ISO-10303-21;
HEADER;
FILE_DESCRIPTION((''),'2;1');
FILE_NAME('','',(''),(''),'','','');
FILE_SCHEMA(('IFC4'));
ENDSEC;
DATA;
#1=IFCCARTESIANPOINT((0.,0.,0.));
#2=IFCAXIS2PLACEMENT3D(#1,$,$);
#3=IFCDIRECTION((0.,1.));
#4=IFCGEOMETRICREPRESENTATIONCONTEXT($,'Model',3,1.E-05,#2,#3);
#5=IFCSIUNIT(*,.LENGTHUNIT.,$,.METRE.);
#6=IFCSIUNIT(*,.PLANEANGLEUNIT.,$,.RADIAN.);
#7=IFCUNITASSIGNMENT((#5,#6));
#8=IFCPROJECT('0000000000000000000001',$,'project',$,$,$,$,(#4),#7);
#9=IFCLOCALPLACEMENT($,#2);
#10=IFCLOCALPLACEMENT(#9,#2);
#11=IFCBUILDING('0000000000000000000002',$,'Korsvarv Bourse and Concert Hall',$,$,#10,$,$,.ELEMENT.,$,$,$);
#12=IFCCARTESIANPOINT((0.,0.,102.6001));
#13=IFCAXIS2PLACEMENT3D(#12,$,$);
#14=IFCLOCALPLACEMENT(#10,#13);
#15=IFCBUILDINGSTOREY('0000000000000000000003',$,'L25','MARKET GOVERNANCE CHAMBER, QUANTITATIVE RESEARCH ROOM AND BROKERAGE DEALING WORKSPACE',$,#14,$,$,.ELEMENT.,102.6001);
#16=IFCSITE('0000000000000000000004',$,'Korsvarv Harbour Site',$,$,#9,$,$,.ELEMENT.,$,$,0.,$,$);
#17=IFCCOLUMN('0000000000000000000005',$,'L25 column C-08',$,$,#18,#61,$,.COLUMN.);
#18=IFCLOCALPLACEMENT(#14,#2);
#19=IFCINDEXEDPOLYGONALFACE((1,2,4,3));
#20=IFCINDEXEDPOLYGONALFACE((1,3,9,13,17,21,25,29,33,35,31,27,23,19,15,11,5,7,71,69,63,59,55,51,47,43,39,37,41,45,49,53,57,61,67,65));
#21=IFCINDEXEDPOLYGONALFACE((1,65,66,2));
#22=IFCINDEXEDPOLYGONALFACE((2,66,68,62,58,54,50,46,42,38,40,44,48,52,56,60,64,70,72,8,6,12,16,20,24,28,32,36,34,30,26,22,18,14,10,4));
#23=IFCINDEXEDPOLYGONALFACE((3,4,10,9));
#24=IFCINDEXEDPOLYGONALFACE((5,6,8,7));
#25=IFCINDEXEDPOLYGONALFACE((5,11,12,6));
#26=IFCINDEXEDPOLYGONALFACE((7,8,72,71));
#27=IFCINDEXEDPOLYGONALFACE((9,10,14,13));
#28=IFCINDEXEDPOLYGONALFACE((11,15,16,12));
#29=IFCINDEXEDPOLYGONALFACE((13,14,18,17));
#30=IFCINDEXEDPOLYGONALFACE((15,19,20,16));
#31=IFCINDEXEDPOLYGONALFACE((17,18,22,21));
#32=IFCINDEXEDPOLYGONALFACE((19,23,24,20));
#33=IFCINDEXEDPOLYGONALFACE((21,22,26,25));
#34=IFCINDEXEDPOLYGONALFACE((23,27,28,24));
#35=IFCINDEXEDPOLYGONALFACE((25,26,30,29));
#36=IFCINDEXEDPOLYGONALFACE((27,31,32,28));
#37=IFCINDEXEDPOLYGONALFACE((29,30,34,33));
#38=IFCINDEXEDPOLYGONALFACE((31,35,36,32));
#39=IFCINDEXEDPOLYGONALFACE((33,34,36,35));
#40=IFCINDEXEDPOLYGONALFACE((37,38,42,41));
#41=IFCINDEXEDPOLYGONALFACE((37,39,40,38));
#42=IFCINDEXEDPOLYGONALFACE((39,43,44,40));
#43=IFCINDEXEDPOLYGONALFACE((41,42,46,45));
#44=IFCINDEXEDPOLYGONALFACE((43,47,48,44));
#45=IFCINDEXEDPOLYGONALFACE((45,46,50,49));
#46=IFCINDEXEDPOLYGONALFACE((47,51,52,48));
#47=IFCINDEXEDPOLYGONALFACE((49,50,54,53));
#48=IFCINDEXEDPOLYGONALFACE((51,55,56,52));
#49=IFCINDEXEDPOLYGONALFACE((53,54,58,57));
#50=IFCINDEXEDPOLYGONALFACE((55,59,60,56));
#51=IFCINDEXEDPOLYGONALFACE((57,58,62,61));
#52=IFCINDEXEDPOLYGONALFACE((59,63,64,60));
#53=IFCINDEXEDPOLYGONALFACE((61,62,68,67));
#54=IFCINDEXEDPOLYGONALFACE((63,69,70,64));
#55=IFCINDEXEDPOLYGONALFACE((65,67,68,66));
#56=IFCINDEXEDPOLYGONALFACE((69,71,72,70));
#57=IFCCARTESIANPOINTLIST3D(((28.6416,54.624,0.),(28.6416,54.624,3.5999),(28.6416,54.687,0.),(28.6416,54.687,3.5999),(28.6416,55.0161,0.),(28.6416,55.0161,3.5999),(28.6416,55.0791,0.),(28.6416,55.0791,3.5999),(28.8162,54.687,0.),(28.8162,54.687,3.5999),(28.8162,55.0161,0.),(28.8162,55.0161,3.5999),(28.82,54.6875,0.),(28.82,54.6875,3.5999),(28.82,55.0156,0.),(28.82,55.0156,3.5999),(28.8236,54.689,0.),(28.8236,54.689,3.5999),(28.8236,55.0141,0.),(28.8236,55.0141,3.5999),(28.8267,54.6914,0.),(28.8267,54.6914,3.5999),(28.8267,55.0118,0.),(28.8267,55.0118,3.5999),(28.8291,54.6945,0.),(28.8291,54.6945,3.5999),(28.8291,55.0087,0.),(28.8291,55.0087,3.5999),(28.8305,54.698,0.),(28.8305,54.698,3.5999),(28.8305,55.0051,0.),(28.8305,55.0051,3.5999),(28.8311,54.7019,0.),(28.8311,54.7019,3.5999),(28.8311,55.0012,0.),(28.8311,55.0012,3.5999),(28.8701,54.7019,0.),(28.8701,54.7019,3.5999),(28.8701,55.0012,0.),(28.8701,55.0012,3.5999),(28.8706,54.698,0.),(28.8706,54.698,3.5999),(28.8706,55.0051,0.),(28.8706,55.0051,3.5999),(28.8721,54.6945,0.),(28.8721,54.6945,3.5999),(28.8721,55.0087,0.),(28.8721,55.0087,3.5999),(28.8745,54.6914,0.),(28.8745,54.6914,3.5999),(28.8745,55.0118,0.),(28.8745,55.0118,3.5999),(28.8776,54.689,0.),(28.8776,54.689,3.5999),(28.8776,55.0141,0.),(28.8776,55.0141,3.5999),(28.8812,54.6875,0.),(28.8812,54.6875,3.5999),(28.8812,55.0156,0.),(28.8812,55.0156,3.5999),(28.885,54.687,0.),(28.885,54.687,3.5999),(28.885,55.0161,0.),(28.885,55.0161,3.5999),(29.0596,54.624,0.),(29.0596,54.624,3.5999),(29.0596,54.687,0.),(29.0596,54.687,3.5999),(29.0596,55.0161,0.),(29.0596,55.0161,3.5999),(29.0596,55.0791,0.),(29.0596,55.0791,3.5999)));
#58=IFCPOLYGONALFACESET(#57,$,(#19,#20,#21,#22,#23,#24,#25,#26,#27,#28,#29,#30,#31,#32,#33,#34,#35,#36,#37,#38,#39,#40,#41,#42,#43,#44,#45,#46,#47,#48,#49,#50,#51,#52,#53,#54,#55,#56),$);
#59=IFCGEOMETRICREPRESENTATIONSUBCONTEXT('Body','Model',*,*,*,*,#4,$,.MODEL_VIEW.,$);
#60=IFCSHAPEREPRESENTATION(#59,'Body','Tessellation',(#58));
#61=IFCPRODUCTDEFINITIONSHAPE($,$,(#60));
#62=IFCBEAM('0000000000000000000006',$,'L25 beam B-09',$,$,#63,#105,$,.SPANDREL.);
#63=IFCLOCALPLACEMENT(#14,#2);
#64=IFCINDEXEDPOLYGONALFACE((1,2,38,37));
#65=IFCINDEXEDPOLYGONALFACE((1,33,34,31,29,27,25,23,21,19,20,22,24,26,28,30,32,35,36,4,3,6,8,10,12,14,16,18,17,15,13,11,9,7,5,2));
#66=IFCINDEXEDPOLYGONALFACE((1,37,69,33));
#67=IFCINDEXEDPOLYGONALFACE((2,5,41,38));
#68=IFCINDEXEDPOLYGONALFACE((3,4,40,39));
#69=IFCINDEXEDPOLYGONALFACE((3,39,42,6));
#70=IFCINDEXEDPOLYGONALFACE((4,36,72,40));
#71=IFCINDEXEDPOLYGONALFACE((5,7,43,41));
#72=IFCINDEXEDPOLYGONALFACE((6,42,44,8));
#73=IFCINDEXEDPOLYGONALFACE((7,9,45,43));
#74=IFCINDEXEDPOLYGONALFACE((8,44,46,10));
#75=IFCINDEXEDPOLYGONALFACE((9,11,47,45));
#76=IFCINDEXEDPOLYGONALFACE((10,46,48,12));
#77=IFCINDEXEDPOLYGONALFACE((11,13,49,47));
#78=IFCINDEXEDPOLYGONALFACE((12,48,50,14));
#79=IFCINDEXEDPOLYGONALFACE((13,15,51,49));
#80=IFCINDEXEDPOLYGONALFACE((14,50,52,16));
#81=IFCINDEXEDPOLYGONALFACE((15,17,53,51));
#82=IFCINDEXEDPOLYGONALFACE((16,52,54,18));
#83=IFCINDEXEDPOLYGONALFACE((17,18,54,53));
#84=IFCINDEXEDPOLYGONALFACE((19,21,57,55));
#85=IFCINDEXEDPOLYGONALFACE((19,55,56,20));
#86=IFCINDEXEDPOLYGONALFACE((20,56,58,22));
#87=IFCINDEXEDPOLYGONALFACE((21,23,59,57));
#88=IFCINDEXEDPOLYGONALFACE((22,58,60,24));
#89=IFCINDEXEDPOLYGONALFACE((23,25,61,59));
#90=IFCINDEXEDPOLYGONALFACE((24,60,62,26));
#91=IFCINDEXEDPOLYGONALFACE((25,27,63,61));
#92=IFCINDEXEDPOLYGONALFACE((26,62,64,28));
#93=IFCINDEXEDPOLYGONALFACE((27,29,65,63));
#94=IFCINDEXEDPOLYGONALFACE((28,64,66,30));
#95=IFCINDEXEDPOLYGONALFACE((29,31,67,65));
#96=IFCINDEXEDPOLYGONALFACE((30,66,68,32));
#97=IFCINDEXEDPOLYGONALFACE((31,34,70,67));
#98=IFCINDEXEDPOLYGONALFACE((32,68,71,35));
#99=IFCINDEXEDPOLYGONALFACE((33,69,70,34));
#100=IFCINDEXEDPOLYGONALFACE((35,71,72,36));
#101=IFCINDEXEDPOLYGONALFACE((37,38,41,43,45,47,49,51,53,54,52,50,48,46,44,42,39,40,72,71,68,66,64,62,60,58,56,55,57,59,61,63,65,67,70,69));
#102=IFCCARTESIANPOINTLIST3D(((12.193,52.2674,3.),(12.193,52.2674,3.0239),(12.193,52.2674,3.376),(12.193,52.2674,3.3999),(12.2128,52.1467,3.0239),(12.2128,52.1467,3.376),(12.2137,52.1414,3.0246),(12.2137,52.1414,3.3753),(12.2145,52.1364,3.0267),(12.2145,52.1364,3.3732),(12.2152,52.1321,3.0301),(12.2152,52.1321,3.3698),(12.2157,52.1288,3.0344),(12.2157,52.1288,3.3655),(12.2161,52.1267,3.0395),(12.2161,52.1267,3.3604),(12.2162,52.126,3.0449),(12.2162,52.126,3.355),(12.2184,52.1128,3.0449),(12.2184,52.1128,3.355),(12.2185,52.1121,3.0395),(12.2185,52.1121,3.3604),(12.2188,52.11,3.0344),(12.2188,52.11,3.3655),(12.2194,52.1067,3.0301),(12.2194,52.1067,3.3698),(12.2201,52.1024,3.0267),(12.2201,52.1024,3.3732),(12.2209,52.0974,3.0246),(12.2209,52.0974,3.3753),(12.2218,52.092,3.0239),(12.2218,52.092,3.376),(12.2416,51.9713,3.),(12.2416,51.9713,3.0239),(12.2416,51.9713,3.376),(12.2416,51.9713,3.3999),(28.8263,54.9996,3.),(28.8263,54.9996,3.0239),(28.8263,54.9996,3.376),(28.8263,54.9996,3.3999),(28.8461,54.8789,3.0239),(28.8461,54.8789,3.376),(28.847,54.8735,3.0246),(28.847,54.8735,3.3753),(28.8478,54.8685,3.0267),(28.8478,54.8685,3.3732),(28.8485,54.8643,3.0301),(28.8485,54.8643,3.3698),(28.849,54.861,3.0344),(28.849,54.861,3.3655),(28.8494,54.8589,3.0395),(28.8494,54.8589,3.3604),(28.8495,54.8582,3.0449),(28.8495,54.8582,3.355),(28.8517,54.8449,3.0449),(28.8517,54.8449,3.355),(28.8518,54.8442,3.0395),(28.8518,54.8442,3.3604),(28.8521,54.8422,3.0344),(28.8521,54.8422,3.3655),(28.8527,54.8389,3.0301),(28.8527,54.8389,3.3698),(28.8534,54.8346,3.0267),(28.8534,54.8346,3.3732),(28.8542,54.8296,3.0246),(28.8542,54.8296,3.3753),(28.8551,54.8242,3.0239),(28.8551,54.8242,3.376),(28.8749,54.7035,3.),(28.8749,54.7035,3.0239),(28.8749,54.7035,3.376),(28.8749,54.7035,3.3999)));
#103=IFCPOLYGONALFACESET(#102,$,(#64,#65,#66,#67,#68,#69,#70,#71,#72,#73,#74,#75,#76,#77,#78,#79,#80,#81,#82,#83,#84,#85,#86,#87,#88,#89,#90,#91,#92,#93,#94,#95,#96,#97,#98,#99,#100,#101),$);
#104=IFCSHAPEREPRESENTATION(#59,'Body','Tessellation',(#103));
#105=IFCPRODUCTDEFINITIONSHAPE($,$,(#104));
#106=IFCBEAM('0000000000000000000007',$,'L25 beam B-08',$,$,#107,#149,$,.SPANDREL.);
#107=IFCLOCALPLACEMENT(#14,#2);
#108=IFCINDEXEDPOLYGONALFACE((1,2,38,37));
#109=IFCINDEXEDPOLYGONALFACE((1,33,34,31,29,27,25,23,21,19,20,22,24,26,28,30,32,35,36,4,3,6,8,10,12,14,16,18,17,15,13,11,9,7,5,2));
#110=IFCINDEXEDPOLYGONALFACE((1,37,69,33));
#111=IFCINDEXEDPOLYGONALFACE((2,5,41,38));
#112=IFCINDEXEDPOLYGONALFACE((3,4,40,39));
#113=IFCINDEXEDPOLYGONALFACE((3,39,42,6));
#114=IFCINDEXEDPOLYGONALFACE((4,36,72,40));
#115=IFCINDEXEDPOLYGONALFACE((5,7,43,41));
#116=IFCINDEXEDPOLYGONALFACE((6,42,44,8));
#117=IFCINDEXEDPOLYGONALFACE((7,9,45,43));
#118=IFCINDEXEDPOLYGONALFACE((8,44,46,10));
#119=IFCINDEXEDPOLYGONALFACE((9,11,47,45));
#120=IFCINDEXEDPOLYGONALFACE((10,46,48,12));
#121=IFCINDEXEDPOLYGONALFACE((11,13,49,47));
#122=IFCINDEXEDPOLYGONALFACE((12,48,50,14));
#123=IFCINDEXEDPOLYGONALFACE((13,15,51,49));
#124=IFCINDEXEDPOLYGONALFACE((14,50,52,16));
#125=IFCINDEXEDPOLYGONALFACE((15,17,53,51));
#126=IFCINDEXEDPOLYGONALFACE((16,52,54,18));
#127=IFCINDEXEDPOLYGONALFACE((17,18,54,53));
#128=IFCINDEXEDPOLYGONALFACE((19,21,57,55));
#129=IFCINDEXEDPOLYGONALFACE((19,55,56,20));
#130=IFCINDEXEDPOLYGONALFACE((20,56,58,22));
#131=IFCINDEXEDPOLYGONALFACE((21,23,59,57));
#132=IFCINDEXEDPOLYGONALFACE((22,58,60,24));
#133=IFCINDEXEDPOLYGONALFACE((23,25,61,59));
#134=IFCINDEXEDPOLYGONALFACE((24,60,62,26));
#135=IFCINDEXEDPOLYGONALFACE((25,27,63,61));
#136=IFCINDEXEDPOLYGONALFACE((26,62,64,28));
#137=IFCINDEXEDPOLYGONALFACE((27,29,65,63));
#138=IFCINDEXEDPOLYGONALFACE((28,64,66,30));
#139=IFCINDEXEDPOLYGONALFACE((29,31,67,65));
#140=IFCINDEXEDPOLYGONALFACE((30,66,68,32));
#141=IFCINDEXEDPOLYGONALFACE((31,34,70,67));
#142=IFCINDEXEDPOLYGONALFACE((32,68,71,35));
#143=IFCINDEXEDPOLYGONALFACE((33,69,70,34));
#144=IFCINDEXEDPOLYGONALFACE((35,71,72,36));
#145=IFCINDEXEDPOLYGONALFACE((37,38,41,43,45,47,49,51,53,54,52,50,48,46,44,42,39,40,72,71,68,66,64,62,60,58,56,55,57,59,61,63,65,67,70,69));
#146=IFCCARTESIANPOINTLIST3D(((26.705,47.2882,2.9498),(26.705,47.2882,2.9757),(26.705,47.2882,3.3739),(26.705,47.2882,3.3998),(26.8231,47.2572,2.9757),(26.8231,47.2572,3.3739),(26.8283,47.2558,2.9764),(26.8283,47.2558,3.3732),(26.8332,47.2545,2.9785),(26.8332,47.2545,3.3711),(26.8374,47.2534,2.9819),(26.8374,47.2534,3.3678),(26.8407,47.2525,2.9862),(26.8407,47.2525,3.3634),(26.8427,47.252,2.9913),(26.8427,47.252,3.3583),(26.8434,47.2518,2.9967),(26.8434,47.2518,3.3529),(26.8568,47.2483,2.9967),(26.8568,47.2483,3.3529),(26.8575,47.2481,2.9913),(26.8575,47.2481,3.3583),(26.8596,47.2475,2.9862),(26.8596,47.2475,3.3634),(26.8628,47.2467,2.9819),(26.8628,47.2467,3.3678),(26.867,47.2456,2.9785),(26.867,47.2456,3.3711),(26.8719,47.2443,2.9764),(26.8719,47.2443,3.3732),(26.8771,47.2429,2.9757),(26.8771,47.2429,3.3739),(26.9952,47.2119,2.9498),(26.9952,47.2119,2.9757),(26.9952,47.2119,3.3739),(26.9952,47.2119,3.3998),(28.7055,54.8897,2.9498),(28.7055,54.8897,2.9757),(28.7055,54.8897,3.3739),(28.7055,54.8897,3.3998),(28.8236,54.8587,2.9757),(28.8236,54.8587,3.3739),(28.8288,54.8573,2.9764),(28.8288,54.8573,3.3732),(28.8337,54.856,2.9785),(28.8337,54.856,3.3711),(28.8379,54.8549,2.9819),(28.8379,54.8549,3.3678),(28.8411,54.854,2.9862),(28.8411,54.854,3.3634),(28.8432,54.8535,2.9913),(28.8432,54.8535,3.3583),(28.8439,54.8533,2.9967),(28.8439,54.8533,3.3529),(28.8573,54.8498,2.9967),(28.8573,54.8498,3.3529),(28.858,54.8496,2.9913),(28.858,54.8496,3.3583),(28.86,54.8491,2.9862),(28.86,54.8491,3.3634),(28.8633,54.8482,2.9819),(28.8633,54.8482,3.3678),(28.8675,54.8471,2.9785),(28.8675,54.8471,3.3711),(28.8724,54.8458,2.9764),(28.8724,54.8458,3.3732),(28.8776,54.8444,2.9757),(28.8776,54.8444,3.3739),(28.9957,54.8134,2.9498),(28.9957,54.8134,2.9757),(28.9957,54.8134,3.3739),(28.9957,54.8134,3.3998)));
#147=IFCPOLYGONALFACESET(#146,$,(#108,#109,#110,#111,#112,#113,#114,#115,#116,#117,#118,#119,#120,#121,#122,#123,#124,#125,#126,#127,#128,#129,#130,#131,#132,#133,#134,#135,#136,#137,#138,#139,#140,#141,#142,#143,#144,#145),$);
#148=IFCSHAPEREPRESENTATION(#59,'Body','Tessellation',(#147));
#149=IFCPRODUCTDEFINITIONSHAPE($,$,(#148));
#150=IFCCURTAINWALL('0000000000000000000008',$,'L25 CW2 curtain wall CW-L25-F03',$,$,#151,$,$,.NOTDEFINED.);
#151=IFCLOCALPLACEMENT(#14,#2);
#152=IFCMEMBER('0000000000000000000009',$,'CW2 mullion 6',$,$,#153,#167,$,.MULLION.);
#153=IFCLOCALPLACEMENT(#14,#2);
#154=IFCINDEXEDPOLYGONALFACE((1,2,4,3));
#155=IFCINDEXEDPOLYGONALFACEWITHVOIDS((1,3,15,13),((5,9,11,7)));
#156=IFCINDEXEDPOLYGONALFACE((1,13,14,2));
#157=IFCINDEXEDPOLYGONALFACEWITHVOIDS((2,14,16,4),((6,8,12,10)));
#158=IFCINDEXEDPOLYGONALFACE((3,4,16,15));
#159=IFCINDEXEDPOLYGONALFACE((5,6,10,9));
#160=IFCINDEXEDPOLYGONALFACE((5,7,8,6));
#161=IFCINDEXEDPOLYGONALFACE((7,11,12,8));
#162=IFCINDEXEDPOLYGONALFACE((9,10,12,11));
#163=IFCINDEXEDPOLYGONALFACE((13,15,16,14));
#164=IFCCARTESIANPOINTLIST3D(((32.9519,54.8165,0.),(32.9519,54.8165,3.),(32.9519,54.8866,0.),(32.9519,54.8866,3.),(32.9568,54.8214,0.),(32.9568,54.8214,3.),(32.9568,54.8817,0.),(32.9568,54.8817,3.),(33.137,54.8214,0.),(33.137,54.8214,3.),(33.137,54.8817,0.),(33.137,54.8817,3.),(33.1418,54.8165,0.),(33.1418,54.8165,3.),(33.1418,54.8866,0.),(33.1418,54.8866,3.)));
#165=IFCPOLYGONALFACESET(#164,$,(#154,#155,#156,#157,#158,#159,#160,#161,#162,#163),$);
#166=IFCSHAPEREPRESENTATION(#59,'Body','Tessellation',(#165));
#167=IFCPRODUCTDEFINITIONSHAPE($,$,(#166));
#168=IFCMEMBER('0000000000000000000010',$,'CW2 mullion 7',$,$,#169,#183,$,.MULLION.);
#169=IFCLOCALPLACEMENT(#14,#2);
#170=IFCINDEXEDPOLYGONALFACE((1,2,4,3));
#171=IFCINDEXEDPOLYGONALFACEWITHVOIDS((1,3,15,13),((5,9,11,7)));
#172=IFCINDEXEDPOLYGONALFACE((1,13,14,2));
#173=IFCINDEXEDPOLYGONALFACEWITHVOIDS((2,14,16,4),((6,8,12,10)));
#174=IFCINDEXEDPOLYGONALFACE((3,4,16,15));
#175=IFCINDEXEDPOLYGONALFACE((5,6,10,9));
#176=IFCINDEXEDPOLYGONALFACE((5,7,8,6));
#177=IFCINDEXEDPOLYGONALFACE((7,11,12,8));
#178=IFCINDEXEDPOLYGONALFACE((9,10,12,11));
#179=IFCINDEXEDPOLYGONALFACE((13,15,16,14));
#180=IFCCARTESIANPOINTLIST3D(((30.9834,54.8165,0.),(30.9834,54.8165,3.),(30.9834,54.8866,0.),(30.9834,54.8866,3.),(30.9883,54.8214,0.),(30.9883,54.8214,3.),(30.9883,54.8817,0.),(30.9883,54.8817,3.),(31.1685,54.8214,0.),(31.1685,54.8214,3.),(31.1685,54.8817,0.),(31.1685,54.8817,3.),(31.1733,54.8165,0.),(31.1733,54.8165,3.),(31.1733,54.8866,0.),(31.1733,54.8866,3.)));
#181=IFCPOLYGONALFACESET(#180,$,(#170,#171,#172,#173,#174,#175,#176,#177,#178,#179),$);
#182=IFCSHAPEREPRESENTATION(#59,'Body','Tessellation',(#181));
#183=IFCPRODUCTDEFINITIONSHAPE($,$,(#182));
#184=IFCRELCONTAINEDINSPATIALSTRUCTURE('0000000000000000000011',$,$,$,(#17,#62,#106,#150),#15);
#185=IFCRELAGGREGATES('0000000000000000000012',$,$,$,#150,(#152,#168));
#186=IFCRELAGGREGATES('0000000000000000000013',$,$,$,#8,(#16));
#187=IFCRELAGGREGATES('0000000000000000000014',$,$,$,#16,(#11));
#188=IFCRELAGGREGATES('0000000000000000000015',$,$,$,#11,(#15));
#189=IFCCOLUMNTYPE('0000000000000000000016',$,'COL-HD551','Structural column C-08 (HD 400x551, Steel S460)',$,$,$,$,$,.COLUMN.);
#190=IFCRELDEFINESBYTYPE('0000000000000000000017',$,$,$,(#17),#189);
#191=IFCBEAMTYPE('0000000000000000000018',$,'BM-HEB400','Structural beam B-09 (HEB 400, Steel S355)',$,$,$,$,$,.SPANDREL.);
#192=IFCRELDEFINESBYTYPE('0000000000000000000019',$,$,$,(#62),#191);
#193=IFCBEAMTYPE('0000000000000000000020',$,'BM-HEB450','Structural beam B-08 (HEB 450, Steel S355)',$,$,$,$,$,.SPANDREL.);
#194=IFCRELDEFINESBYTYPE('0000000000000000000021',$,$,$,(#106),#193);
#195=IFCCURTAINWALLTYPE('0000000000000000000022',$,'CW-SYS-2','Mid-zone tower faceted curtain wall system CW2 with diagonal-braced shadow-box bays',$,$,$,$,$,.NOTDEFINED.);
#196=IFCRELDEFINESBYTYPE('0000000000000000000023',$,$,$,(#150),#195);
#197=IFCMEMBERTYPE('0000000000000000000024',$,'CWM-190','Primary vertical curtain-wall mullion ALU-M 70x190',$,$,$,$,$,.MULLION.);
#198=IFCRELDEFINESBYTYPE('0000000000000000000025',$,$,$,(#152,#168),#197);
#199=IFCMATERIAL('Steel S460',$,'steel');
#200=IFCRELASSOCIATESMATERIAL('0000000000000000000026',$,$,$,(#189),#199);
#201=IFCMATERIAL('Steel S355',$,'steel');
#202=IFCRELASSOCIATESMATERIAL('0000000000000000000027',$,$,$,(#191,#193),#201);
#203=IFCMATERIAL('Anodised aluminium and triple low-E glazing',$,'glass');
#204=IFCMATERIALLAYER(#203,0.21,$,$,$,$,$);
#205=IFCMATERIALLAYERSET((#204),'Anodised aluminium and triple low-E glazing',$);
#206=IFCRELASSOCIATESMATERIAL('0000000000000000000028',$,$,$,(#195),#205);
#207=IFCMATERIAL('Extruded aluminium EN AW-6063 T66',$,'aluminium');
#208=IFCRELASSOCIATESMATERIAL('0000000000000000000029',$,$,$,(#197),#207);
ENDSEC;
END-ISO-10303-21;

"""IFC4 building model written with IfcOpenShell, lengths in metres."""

from ifc_helpers import new_model, si_unit, direction, frame, origin, origin_2d, place, context, subcontext, project, spatial, hollow_rectangle, i_section, extrude, source, transform, mapped, material, layer, layer_set, material_profile, profile_set, type_object, element, aggregate, save


model = new_model("IFC4")

# Units and contexts
model_context = context("Model", 3, precision=1e-05, world=origin(), true_north=direction((0.0, 1.0)))
body_context = subcontext(model_context, "Body", "Model", "MODEL_VIEW")
ifc_project = project(units=[si_unit("LENGTHUNIT", "METRE"), si_unit("PLANEANGLEUNIT", "RADIAN")], contexts=[model_context])

# Site, building, storey
site_placement = place(None, origin())
site = spatial("IfcSite", under=ifc_project, at=site_placement, Name="Korsvarv Harbour Site", CompositionType="ELEMENT", RefElevation=0.0)
building_placement = place(site_placement, origin())
building = spatial("IfcBuilding", under=site, at=building_placement, Name="Korsvarv Bourse and Concert Hall", CompositionType="ELEMENT")
storey_placement = place(building_placement, frame((0.0, 0.0, 102.6001)))
storey = spatial("IfcBuildingStorey", under=building, at=storey_placement, Name="L25", Description="MARKET GOVERNANCE CHAMBER, QUANTITATIVE RESEARCH ROOM AND BROKERAGE DEALING WORKSPACE", CompositionType="ELEMENT", Elevation=102.6001)

# Column
ifc_material_1 = material(Name="Steel S460", Category="steel")
ifc_material_profile_1 = material_profile(ifc_material_1, i_section(OverallWidth=0.418, OverallDepth=0.4551, WebThickness=0.0391, FlangeThickness=0.063, FilletRadius=0.0149, at=origin_2d()), Name="HD 400x551")
ifc_profile_set_1 = profile_set([ifc_material_profile_1], Name="Steel S460")
column_type = type_object("IfcColumnType", Name="COL-HD551", Description="Structural column C-08 (HD 400x551, Steel S460)", PredefinedType="COLUMN", material=ifc_profile_set_1)
shared_shape_1 = source(origin(), body_context, "Body", "SweptSolid", [
    extrude(i_section(OverallWidth=0.418, OverallDepth=0.4551, WebThickness=0.0391, FlangeThickness=0.063, FilletRadius=0.0149, at=origin_2d()), origin(), (0.0, 0.0, 1.0), 3.5999),
])
column_placement = place(storey_placement, frame((28.8506, 54.8516, 0.0), z_axis=(0.0, 0.0, 1.0), x_axis=(1.0, 0.0, 0.0)))
element("IfcColumn", 1, at=column_placement, inside=storey, type_object=column_type, Name="L25 column C-08", PredefinedType="COLUMN", context=body_context, shape_type="MappedRepresentation", body=[
    mapped(shared_shape_1, transform((0.0, 0.0, 0.0), scale=1.0)),
])

# Beams
ifc_material_2 = material(Name="Steel S355", Category="steel")
ifc_material_profile_2 = material_profile(ifc_material_2, i_section(OverallWidth=0.3, OverallDepth=0.3999, WebThickness=0.0134, FlangeThickness=0.0239, FilletRadius=0.021, at=origin_2d()), Name="HEB 400")
ifc_profile_set_2 = profile_set([ifc_material_profile_2], Name="Steel S355")
beam_type_1 = type_object("IfcBeamType", Name="BM-HEB400", Description="Structural beam B-09 (HEB 400, Steel S355)", PredefinedType="SPANDREL", material=ifc_profile_set_2)
shared_shape_2 = source(origin(), body_context, "Body", "SweptSolid", [
    extrude(i_section(OverallWidth=0.3, OverallDepth=0.3999, WebThickness=0.0134, FlangeThickness=0.0239, FilletRadius=0.021, at=origin_2d()), origin(), (0.0, 0.0, 1.0), 16.8562),
])
beam_1_placement = place(storey_placement, frame((28.8506, 54.8516, 3.2), z_axis=(-0.986776, -0.162087, 0.0), x_axis=(0.162087, -0.986776, 0.0)))
element("IfcBeam", 2, at=beam_1_placement, inside=storey, type_object=beam_type_1, Name="L25 beam B-09", PredefinedType="SPANDREL", context=body_context, shape_type="MappedRepresentation", body=[
    mapped(shared_shape_2, transform((0.0, 0.0, 0.0), scale=1.0)),
])
ifc_material_profile_3 = material_profile(ifc_material_2, i_section(OverallWidth=0.3, OverallDepth=0.45, WebThickness=0.0139, FlangeThickness=0.0259, FilletRadius=0.021, at=origin_2d()), Name="HEB 450")
ifc_profile_set_3 = profile_set([ifc_material_profile_3], Name="Steel S355")
beam_type_2 = type_object("IfcBeamType", Name="BM-HEB450", Description="Structural beam B-08 (HEB 450, Steel S355)", PredefinedType="SPANDREL", material=ifc_profile_set_3)
shared_shape_3 = source(origin(), body_context, "Body", "SweptSolid", [
    extrude(i_section(OverallWidth=0.3, OverallDepth=0.45, WebThickness=0.0139, FlangeThickness=0.0259, FilletRadius=0.021, at=origin_2d()), origin(), (0.0, 0.0, 1.0), 7.8604),
])
beam_2_placement = place(storey_placement, frame((28.8506, 54.8516, 3.1748), z_axis=(-0.254502, -0.967072, 0.0), x_axis=(0.967072, -0.254502, 0.0)))
element("IfcBeam", 3, at=beam_2_placement, inside=storey, type_object=beam_type_2, Name="L25 beam B-08", PredefinedType="SPANDREL", context=body_context, shape_type="MappedRepresentation", body=[
    mapped(shared_shape_3, transform((0.0, 0.0, 0.0), scale=1.0)),
])

# Curtain wall, members
ifc_material_3 = material(Name="Anodised aluminium and triple low-E glazing", Category="glass")
ifc_layer_1 = layer(ifc_material_3, 0.21)
ifc_layer_set_1 = layer_set([ifc_layer_1], Name="Anodised aluminium and triple low-E glazing")
curtain_wall_type = type_object("IfcCurtainWallType", Name="CW-SYS-2", Description="Mid-zone tower faceted curtain wall system CW2 with diagonal-braced shadow-box bays", PredefinedType="NOTDEFINED", material=ifc_layer_set_1)
curtain_wall_placement = place(storey_placement, origin())
curtain_wall = element("IfcCurtainWall", 4, at=curtain_wall_placement, inside=storey, type_object=curtain_wall_type, Name="L25 CW2 curtain wall CW-L25-F03", PredefinedType="NOTDEFINED")
ifc_material_4 = material(Name="Extruded aluminium EN AW-6063 T66", Category="aluminium")
ifc_material_profile_4 = material_profile(ifc_material_4, hollow_rectangle(XDim=0.0701, YDim=0.1899, WallThickness=0.0049, at=origin_2d()), Name="ALU-M 70x190")
ifc_profile_set_4 = profile_set([ifc_material_profile_4], Name="Extruded aluminium EN AW-6063 T66")
member_type_1 = type_object("IfcMemberType", Name="CWM-190", Description="Primary vertical curtain-wall mullion ALU-M 70x190", PredefinedType="MULLION", material=ifc_profile_set_4)
shared_shape_4 = source(origin(), body_context, "Body", "SweptSolid", [
    extrude(hollow_rectangle(XDim=0.0701, YDim=0.1899, WallThickness=0.0049, at=origin_2d()), origin(), (0.0, 0.0, 1.0), 3.0),
])
member_1_placement = place(storey_placement, frame((33.0469, 54.8516, 0.0), z_axis=(0.0, 0.0, 1.0), x_axis=(0.0, -1.0, 0.0)))
member_1 = element("IfcMember", 5, at=member_1_placement, type_object=member_type_1, Name="CW2 mullion 6", PredefinedType="MULLION", context=body_context, shape_type="MappedRepresentation", body=[
    mapped(shared_shape_4, transform((0.0, 0.0, 0.0), scale=1.0)),
])
member_2_placement = place(storey_placement, frame((31.0784, 54.8516, 0.0), z_axis=(0.0, 0.0, 1.0), x_axis=(0.0, -1.0, 0.0)))
member_2 = element("IfcMember", 6, at=member_2_placement, type_object=member_type_1, Name="CW2 mullion 7", PredefinedType="MULLION", context=body_context, shape_type="MappedRepresentation", body=[
    mapped(shared_shape_4, transform((0.0, 0.0, 0.0), scale=1.0)),
])
aggregate(curtain_wall, [member_1, member_2])

save(model, "model.ifc")
